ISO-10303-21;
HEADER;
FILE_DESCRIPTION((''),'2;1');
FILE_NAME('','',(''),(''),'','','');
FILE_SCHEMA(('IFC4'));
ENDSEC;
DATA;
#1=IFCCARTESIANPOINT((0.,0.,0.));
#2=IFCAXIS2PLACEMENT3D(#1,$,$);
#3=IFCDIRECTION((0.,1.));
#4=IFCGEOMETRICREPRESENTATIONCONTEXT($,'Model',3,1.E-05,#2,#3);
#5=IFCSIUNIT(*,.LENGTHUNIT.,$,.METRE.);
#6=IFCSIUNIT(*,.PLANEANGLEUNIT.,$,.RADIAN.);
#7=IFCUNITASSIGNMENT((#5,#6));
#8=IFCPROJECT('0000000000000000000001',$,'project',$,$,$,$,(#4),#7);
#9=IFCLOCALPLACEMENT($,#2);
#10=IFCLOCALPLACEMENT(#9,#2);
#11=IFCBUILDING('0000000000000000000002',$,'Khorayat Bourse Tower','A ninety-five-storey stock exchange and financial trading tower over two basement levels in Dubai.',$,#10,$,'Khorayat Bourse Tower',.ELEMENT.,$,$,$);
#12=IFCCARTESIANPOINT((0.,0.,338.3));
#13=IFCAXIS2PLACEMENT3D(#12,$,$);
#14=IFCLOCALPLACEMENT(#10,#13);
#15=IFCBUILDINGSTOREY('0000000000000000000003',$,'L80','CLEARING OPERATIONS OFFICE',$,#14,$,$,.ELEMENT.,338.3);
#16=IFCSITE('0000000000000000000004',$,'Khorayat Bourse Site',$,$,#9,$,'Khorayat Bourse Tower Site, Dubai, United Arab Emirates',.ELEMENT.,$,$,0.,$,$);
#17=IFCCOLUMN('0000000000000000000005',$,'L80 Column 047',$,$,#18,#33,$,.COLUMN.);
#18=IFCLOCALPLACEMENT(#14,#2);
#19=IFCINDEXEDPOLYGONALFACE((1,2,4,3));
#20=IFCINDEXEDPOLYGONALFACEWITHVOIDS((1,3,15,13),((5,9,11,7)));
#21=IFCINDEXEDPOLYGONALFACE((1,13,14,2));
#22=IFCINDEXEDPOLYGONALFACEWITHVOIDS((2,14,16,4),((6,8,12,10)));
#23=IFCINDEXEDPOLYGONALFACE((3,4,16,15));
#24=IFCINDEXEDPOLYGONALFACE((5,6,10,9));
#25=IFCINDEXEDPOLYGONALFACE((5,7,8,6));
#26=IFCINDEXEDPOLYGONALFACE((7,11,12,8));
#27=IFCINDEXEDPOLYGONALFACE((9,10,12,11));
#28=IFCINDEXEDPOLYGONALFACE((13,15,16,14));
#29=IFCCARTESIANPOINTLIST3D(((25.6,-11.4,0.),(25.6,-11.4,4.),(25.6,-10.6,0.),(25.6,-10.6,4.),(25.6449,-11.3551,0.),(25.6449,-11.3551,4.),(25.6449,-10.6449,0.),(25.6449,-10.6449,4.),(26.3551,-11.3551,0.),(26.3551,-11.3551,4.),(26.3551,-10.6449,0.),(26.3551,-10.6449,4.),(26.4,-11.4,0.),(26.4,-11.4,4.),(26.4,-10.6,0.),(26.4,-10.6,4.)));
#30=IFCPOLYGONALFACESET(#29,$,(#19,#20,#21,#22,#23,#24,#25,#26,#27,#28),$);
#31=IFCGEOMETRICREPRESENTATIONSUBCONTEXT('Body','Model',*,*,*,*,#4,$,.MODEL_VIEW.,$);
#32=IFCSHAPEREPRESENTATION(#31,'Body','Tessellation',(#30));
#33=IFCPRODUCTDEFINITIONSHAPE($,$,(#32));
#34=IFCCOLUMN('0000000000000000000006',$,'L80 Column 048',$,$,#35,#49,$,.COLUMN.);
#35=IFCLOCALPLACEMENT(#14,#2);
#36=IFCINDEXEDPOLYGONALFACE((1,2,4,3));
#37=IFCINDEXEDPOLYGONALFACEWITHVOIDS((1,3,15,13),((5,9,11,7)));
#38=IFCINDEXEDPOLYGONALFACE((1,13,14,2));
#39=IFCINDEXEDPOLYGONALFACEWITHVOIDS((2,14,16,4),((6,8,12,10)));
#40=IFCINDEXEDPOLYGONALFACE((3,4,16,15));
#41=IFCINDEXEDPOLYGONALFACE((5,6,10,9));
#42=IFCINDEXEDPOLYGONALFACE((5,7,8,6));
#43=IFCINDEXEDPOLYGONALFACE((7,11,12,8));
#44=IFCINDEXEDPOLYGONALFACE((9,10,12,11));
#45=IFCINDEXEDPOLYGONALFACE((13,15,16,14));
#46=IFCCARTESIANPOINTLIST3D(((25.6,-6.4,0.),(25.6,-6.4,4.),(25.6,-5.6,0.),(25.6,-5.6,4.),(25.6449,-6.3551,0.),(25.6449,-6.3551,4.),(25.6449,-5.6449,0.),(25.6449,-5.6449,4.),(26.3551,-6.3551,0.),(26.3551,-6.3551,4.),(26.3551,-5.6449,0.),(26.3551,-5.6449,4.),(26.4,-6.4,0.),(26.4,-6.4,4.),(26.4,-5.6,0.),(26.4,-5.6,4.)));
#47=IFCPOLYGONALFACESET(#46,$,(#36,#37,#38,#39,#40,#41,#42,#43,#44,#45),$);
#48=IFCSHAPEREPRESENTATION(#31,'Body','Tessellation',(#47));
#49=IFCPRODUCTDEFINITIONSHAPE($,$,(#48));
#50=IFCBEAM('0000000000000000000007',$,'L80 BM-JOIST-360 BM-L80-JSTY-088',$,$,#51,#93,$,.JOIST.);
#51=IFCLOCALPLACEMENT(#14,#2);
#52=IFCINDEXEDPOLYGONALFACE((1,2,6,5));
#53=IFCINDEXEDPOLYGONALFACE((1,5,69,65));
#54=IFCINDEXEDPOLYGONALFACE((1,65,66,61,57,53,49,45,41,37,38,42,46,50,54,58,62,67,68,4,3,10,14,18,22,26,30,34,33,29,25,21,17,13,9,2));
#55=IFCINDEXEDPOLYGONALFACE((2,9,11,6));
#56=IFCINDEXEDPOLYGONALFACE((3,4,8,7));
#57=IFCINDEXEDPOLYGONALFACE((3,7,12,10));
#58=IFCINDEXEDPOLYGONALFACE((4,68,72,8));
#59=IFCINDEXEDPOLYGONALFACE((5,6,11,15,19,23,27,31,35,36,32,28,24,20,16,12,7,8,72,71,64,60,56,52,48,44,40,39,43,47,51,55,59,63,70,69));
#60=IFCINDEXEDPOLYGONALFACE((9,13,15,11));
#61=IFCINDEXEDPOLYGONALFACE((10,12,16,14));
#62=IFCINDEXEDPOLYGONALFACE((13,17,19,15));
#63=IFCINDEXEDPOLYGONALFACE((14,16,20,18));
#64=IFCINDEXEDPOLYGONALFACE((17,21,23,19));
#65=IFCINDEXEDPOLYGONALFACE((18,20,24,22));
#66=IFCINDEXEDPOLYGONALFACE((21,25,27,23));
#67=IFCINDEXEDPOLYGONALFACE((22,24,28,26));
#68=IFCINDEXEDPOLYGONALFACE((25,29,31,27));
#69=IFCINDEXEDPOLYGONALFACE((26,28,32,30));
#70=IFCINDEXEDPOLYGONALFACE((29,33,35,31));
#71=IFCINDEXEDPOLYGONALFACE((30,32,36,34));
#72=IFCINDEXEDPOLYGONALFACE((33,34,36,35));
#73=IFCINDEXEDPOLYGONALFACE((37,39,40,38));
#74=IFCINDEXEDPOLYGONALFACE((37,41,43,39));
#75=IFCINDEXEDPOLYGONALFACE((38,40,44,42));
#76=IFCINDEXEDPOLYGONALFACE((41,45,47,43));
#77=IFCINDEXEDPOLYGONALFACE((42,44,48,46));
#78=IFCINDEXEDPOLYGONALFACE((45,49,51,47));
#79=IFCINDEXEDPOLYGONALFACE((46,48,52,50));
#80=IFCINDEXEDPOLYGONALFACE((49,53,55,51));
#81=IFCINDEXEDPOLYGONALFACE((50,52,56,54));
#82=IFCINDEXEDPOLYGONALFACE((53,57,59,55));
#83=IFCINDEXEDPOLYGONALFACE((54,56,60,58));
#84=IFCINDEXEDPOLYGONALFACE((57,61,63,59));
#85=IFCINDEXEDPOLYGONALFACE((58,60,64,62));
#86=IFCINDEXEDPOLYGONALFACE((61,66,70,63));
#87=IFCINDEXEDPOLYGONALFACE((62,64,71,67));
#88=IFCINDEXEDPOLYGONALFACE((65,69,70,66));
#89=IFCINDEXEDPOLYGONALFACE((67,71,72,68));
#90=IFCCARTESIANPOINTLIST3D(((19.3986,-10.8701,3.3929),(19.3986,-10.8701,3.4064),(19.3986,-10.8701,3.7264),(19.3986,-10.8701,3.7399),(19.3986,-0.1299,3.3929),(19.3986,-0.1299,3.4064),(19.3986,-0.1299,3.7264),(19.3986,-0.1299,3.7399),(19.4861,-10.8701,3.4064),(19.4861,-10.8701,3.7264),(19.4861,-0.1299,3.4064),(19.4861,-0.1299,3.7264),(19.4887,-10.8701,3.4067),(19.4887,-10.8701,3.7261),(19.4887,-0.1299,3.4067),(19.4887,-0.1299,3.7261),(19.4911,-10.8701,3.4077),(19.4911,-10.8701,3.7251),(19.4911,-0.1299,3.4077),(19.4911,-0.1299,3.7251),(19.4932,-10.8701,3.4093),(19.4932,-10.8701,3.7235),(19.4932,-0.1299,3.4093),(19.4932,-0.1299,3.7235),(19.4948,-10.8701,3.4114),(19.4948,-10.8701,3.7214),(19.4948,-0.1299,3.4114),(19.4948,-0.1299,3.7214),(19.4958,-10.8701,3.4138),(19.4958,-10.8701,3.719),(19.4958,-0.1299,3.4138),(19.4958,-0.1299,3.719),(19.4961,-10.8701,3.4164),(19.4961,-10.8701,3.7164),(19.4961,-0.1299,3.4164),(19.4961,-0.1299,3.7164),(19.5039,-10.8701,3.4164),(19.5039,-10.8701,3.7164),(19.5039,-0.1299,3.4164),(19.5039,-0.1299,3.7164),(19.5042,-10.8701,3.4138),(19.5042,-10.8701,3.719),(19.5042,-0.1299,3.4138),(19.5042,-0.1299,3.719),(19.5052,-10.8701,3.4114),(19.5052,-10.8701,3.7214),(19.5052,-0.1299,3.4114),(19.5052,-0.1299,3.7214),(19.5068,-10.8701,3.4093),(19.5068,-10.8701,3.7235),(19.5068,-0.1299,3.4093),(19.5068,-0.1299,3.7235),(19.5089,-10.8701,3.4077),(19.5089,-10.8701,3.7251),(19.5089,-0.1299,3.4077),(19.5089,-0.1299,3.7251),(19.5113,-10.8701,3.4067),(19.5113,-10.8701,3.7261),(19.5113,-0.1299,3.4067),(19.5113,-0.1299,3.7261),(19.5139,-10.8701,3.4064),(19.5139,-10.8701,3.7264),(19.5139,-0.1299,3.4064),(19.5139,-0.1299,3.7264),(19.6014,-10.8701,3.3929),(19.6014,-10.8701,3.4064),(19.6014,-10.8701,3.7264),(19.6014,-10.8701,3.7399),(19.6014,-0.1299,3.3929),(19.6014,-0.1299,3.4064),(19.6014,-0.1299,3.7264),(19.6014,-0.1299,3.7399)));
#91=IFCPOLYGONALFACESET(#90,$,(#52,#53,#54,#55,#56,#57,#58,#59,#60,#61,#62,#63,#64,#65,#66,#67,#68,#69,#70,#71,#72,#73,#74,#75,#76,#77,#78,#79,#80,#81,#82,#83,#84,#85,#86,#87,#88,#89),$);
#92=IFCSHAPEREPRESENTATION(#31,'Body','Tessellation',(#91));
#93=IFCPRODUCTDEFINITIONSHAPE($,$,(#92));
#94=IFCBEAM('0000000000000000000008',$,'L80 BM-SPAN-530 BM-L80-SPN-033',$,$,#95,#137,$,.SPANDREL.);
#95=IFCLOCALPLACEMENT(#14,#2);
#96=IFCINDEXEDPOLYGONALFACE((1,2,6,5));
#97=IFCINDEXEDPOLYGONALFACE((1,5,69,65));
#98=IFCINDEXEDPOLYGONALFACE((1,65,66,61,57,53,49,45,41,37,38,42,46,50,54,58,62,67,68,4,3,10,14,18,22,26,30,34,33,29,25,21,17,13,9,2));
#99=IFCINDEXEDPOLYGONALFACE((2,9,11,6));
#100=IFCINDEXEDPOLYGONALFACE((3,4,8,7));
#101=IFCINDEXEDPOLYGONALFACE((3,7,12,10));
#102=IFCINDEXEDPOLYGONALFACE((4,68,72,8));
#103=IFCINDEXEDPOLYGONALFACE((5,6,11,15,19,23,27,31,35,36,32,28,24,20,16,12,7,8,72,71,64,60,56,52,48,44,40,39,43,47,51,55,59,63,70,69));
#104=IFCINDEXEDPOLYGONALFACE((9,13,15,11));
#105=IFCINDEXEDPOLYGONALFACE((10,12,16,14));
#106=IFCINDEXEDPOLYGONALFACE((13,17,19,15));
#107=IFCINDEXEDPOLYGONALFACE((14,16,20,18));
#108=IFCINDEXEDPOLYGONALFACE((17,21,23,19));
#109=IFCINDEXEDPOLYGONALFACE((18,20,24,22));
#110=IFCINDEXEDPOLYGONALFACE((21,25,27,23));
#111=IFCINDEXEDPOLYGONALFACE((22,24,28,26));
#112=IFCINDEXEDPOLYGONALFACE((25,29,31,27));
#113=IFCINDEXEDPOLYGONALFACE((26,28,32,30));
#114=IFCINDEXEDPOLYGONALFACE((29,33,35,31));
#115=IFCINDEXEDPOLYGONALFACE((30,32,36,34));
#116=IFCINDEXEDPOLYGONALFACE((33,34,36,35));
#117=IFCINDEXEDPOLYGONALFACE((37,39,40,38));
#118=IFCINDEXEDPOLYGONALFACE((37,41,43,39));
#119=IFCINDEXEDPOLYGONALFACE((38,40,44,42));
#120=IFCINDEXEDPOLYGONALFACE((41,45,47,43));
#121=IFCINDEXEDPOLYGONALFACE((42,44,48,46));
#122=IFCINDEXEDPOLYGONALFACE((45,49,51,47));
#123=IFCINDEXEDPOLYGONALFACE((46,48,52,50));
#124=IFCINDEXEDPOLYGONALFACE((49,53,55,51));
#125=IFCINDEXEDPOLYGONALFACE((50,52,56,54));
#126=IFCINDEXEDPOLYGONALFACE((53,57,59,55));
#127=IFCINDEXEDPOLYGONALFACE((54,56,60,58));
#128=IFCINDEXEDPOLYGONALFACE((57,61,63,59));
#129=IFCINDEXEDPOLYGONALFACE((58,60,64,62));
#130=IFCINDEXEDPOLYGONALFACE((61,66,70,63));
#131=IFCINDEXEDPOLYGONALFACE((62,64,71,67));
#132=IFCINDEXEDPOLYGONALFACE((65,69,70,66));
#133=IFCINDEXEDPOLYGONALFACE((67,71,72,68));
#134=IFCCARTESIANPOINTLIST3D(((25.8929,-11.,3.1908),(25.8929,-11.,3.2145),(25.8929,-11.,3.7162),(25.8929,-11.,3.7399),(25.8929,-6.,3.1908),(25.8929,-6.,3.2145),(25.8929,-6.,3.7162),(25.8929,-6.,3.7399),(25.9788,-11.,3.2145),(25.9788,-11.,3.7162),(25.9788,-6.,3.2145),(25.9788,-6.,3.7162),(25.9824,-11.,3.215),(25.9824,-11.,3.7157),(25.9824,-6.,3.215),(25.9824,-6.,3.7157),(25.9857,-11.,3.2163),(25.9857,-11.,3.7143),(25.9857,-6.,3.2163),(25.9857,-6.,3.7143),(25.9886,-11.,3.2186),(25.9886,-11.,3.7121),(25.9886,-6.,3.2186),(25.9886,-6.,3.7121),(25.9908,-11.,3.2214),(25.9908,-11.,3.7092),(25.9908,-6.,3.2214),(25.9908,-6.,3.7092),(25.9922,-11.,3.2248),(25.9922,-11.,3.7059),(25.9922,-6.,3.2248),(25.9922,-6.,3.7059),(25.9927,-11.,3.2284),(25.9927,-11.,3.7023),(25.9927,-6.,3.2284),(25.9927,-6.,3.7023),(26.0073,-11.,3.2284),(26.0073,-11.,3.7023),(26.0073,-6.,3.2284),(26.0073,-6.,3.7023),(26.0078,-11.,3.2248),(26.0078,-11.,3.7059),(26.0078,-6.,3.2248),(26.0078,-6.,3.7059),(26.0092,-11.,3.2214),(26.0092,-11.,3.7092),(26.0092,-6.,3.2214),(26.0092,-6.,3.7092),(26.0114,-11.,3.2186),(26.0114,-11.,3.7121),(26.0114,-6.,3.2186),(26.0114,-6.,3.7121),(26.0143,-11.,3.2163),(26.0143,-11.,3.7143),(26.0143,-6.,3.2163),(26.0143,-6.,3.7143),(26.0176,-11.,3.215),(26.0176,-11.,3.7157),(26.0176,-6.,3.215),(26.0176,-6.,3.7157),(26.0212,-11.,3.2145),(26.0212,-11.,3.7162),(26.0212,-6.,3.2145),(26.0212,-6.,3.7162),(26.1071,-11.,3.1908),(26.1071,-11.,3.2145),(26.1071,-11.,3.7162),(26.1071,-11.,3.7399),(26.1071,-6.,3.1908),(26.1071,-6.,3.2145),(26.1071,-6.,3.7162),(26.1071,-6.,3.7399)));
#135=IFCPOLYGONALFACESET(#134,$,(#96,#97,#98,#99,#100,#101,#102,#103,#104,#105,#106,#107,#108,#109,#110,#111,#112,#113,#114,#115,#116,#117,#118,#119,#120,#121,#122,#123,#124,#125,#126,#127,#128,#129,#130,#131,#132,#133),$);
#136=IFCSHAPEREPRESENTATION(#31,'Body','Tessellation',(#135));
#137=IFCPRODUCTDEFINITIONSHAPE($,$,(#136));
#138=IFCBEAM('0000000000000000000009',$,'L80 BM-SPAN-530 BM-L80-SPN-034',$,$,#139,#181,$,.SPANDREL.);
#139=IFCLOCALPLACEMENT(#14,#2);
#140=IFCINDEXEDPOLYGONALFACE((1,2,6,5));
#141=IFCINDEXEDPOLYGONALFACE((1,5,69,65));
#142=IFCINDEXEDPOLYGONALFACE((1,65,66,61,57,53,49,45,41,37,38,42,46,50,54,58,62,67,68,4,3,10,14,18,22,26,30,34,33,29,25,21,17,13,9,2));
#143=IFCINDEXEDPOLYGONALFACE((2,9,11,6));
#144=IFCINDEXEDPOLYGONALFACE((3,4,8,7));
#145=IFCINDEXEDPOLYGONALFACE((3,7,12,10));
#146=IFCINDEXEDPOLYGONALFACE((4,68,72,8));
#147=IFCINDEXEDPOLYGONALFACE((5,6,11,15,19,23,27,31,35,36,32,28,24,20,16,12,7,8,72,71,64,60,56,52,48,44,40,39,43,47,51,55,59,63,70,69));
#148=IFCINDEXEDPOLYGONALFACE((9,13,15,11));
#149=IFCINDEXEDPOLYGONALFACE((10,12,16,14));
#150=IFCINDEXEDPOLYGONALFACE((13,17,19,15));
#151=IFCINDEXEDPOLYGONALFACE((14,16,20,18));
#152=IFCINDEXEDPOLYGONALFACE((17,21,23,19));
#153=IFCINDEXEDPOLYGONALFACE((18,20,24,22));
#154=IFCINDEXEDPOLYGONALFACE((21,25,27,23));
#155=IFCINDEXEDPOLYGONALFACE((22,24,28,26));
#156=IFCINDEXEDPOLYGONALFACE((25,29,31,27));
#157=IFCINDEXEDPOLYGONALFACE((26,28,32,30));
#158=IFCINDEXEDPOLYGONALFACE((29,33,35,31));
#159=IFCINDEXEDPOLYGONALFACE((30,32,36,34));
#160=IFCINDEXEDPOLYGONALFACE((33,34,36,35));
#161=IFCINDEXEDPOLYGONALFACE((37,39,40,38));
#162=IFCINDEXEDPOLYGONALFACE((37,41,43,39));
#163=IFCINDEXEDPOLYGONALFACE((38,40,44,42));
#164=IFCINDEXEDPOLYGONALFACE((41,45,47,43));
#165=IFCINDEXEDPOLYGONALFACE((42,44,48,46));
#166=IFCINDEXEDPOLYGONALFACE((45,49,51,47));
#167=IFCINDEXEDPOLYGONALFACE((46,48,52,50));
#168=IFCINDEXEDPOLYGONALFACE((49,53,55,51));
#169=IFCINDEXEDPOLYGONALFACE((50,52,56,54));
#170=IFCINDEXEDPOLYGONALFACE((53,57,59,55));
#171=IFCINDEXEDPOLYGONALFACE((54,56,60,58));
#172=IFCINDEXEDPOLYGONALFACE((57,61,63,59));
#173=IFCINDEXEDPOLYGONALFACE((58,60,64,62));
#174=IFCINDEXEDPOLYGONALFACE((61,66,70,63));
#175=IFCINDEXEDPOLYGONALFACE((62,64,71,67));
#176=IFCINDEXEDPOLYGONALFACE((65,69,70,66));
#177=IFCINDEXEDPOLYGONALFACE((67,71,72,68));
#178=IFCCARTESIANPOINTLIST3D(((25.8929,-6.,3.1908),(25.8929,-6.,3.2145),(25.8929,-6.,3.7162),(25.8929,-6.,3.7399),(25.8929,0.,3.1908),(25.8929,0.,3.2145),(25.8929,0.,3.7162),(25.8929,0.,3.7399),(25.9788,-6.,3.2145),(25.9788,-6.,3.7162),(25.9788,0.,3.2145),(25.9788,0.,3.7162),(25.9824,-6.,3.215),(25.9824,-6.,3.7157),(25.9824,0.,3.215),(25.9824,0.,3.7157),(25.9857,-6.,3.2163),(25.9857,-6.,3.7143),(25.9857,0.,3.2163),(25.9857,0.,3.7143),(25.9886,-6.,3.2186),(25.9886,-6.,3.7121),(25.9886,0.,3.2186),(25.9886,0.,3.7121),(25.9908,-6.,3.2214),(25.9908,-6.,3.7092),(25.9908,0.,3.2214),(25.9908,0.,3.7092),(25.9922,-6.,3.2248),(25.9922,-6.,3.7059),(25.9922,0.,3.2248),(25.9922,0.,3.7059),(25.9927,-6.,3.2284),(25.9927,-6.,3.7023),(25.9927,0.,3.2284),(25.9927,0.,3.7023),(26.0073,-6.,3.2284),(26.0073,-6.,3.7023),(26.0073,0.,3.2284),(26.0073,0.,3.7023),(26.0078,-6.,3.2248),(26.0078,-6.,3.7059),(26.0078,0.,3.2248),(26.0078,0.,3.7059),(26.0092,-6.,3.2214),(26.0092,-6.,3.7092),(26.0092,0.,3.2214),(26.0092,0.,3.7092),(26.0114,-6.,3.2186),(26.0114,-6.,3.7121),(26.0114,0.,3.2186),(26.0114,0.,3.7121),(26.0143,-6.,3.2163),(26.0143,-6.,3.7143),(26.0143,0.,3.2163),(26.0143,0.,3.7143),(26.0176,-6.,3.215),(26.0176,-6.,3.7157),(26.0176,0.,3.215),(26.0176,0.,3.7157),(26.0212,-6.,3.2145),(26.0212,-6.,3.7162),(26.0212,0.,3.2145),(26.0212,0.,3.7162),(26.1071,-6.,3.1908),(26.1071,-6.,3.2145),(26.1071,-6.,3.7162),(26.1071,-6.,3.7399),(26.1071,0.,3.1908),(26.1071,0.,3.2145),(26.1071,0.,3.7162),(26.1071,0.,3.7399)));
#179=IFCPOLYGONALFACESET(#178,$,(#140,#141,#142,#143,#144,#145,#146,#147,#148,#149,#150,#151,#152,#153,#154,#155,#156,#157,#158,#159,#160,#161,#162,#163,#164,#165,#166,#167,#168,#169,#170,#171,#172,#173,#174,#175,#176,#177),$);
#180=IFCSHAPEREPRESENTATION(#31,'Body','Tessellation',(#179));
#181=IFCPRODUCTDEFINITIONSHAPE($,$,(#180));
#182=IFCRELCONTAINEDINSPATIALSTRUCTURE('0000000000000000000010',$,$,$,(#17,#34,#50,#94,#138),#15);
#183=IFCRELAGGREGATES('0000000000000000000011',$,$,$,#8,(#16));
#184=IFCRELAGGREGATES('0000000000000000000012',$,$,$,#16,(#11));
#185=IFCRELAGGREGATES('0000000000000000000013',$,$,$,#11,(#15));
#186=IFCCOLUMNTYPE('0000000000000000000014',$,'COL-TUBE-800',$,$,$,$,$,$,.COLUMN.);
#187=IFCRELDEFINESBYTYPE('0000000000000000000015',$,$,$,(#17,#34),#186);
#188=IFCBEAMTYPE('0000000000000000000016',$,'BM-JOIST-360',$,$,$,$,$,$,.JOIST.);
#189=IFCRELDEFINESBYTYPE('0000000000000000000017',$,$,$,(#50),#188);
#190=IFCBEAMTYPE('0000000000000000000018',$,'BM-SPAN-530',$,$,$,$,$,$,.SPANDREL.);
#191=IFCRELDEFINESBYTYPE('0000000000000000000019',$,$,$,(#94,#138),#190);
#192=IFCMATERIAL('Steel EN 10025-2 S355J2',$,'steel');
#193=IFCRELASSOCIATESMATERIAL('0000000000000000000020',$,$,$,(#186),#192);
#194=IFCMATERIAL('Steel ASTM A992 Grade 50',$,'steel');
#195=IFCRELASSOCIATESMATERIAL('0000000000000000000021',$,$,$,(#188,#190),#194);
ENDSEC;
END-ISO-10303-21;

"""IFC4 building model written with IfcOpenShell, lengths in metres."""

from ifc_helpers import new_model, si_unit, direction, frame, origin, origin_2d, place, context, subcontext, project, spatial, hollow_rectangle, i_section, extrude, source, transform, mapped, material, material_profile, profile_set, type_object, element, save


model = new_model("IFC4")

# Units and contexts
model_context = context("Model", 3, precision=1e-05, world=origin(), true_north=direction((0.0, 1.0)))
body_context = subcontext(model_context, "Body", "Model", "MODEL_VIEW")
ifc_project = project(units=[si_unit("LENGTHUNIT", "METRE"), si_unit("PLANEANGLEUNIT", "RADIAN")], contexts=[model_context])

# Site, building, storey
site_placement = place(None, origin())
site = spatial("IfcSite", under=ifc_project, at=site_placement, Name="Khorayat Bourse Site", LongName="Khorayat Bourse Tower Site, Dubai, United Arab Emirates", CompositionType="ELEMENT", RefElevation=0.0)
building_placement = place(site_placement, origin())
building = spatial("IfcBuilding", under=site, at=building_placement, Name="Khorayat Bourse Tower", Description="A ninety-five-storey stock exchange and financial trading tower over two basement levels in Dubai.", LongName="Khorayat Bourse Tower", CompositionType="ELEMENT")
storey_placement = place(building_placement, frame((0.0, 0.0, 338.3)))
storey = spatial("IfcBuildingStorey", under=building, at=storey_placement, Name="L80", Description="CLEARING OPERATIONS OFFICE", CompositionType="ELEMENT", Elevation=338.3)

# Columns
ifc_material_1 = material(Name="Steel EN 10025-2 S355J2", Category="steel")
ifc_material_profile_1 = material_profile(ifc_material_1, hollow_rectangle(XDim=0.8, YDim=0.8, WallThickness=0.0449, at=origin_2d()), Name="BOX 800x800x45")
ifc_profile_set_1 = profile_set([ifc_material_profile_1], Name="Steel EN 10025-2 S355J2")
column_type = type_object("IfcColumnType", Name="COL-TUBE-800", PredefinedType="COLUMN", material=ifc_profile_set_1)
shared_shape_1 = source(origin(), body_context, "Body", "SweptSolid", [
    extrude(hollow_rectangle(XDim=0.8, YDim=0.8, WallThickness=0.0449, at=origin_2d()), origin(), (0.0, 0.0, 1.0), 4.0),
])
for number, where, z_axis, x_axis, name in (
    (1, (26.0, -11.0, 0.0), (0.0, 0.0, 1.0), (1.0, 0.0, 0.0), "L80 Column 047"),
    (2, (26.0, -6.0, 0.0), (0.0, 0.0, 1.0), (1.0, 0.0, 0.0), "L80 Column 048"),
):
    element("IfcColumn", number, at=place(storey_placement, frame(where, z_axis=z_axis, x_axis=x_axis)), inside=storey, type_object=column_type, Name=name, PredefinedType="COLUMN", context=body_context, shape_type="MappedRepresentation", body=[
        mapped(shared_shape_1, transform((0.0, 0.0, 0.0), scale=1.0)),
    ])

# Beams
ifc_material_2 = material(Name="Steel ASTM A992 Grade 50", Category="steel")
ifc_material_profile_2 = material_profile(ifc_material_2, i_section(OverallWidth=0.2029, OverallDepth=0.3469, WebThickness=0.0078, FlangeThickness=0.0134, FilletRadius=0.01, at=origin_2d()), Name="W360X64")
ifc_profile_set_2 = profile_set([ifc_material_profile_2], Name="Steel ASTM A992 Grade 50")
beam_type_1 = type_object("IfcBeamType", Name="BM-JOIST-360", PredefinedType="JOIST", material=ifc_profile_set_2)
shared_shape_2 = source(origin(), body_context, "Body", "SweptSolid", [
    extrude(i_section(OverallWidth=0.2029, OverallDepth=0.3469, WebThickness=0.0078, FlangeThickness=0.0134, FilletRadius=0.01, at=origin_2d()), origin(), (0.0, 0.0, 1.0), 10.7402),
])
beam_1_placement = place(storey_placement, frame((19.5, -10.8701, 3.5664), z_axis=(0.0, 1.0, 0.0), x_axis=(-1.0, 0.0, 0.0)))
element("IfcBeam", 3, at=beam_1_placement, inside=storey, type_object=beam_type_1, Name="L80 BM-JOIST-360 BM-L80-JSTY-088", PredefinedType="JOIST", context=body_context, shape_type="MappedRepresentation", body=[
    mapped(shared_shape_2, transform((0.0, 0.0, 0.0), scale=1.0)),
])
ifc_material_profile_3 = material_profile(ifc_material_2, i_section(OverallWidth=0.2141, OverallDepth=0.5491, WebThickness=0.0146, FlangeThickness=0.0237, FilletRadius=0.0139, at=origin_2d()), Name="W530X138")
ifc_profile_set_3 = profile_set([ifc_material_profile_3], Name="Steel ASTM A992 Grade 50")
beam_type_2 = type_object("IfcBeamType", Name="BM-SPAN-530", PredefinedType="SPANDREL", material=ifc_profile_set_3)
shared_shape_3 = source(origin(), body_context, "Body", "SweptSolid", [
    extrude(i_section(OverallWidth=0.2141, OverallDepth=0.5491, WebThickness=0.0146, FlangeThickness=0.0237, FilletRadius=0.0139, at=origin_2d()), origin(), (0.0, 0.0, 1.0), 5.0),
])
beam_2_placement = place(storey_placement, frame((26.0, -11.0, 3.4653), z_axis=(0.0, 1.0, 0.0), x_axis=(-1.0, 0.0, 0.0)))
element("IfcBeam", 4, at=beam_2_placement, inside=storey, type_object=beam_type_2, Name="L80 BM-SPAN-530 BM-L80-SPN-033", PredefinedType="SPANDREL", context=body_context, shape_type="MappedRepresentation", body=[
    mapped(shared_shape_3, transform((0.0, 0.0, 0.0), scale=1.0)),
])
shared_shape_4 = source(origin(), body_context, "Body", "SweptSolid", [
    extrude(i_section(OverallWidth=0.2141, OverallDepth=0.5491, WebThickness=0.0146, FlangeThickness=0.0237, FilletRadius=0.0139, at=origin_2d()), origin(), (0.0, 0.0, 1.0), 6.0),
])
beam_3_placement = place(storey_placement, frame((26.0, -6.0, 3.4653), z_axis=(0.0, 1.0, 0.0), x_axis=(-1.0, 0.0, 0.0)))
element("IfcBeam", 5, at=beam_3_placement, inside=storey, type_object=beam_type_2, Name="L80 BM-SPAN-530 BM-L80-SPN-034", PredefinedType="SPANDREL", context=body_context, shape_type="MappedRepresentation", body=[
    mapped(shared_shape_4, transform((0.0, 0.0, 0.0), scale=1.0)),
])

save(model, "model.ifc")
